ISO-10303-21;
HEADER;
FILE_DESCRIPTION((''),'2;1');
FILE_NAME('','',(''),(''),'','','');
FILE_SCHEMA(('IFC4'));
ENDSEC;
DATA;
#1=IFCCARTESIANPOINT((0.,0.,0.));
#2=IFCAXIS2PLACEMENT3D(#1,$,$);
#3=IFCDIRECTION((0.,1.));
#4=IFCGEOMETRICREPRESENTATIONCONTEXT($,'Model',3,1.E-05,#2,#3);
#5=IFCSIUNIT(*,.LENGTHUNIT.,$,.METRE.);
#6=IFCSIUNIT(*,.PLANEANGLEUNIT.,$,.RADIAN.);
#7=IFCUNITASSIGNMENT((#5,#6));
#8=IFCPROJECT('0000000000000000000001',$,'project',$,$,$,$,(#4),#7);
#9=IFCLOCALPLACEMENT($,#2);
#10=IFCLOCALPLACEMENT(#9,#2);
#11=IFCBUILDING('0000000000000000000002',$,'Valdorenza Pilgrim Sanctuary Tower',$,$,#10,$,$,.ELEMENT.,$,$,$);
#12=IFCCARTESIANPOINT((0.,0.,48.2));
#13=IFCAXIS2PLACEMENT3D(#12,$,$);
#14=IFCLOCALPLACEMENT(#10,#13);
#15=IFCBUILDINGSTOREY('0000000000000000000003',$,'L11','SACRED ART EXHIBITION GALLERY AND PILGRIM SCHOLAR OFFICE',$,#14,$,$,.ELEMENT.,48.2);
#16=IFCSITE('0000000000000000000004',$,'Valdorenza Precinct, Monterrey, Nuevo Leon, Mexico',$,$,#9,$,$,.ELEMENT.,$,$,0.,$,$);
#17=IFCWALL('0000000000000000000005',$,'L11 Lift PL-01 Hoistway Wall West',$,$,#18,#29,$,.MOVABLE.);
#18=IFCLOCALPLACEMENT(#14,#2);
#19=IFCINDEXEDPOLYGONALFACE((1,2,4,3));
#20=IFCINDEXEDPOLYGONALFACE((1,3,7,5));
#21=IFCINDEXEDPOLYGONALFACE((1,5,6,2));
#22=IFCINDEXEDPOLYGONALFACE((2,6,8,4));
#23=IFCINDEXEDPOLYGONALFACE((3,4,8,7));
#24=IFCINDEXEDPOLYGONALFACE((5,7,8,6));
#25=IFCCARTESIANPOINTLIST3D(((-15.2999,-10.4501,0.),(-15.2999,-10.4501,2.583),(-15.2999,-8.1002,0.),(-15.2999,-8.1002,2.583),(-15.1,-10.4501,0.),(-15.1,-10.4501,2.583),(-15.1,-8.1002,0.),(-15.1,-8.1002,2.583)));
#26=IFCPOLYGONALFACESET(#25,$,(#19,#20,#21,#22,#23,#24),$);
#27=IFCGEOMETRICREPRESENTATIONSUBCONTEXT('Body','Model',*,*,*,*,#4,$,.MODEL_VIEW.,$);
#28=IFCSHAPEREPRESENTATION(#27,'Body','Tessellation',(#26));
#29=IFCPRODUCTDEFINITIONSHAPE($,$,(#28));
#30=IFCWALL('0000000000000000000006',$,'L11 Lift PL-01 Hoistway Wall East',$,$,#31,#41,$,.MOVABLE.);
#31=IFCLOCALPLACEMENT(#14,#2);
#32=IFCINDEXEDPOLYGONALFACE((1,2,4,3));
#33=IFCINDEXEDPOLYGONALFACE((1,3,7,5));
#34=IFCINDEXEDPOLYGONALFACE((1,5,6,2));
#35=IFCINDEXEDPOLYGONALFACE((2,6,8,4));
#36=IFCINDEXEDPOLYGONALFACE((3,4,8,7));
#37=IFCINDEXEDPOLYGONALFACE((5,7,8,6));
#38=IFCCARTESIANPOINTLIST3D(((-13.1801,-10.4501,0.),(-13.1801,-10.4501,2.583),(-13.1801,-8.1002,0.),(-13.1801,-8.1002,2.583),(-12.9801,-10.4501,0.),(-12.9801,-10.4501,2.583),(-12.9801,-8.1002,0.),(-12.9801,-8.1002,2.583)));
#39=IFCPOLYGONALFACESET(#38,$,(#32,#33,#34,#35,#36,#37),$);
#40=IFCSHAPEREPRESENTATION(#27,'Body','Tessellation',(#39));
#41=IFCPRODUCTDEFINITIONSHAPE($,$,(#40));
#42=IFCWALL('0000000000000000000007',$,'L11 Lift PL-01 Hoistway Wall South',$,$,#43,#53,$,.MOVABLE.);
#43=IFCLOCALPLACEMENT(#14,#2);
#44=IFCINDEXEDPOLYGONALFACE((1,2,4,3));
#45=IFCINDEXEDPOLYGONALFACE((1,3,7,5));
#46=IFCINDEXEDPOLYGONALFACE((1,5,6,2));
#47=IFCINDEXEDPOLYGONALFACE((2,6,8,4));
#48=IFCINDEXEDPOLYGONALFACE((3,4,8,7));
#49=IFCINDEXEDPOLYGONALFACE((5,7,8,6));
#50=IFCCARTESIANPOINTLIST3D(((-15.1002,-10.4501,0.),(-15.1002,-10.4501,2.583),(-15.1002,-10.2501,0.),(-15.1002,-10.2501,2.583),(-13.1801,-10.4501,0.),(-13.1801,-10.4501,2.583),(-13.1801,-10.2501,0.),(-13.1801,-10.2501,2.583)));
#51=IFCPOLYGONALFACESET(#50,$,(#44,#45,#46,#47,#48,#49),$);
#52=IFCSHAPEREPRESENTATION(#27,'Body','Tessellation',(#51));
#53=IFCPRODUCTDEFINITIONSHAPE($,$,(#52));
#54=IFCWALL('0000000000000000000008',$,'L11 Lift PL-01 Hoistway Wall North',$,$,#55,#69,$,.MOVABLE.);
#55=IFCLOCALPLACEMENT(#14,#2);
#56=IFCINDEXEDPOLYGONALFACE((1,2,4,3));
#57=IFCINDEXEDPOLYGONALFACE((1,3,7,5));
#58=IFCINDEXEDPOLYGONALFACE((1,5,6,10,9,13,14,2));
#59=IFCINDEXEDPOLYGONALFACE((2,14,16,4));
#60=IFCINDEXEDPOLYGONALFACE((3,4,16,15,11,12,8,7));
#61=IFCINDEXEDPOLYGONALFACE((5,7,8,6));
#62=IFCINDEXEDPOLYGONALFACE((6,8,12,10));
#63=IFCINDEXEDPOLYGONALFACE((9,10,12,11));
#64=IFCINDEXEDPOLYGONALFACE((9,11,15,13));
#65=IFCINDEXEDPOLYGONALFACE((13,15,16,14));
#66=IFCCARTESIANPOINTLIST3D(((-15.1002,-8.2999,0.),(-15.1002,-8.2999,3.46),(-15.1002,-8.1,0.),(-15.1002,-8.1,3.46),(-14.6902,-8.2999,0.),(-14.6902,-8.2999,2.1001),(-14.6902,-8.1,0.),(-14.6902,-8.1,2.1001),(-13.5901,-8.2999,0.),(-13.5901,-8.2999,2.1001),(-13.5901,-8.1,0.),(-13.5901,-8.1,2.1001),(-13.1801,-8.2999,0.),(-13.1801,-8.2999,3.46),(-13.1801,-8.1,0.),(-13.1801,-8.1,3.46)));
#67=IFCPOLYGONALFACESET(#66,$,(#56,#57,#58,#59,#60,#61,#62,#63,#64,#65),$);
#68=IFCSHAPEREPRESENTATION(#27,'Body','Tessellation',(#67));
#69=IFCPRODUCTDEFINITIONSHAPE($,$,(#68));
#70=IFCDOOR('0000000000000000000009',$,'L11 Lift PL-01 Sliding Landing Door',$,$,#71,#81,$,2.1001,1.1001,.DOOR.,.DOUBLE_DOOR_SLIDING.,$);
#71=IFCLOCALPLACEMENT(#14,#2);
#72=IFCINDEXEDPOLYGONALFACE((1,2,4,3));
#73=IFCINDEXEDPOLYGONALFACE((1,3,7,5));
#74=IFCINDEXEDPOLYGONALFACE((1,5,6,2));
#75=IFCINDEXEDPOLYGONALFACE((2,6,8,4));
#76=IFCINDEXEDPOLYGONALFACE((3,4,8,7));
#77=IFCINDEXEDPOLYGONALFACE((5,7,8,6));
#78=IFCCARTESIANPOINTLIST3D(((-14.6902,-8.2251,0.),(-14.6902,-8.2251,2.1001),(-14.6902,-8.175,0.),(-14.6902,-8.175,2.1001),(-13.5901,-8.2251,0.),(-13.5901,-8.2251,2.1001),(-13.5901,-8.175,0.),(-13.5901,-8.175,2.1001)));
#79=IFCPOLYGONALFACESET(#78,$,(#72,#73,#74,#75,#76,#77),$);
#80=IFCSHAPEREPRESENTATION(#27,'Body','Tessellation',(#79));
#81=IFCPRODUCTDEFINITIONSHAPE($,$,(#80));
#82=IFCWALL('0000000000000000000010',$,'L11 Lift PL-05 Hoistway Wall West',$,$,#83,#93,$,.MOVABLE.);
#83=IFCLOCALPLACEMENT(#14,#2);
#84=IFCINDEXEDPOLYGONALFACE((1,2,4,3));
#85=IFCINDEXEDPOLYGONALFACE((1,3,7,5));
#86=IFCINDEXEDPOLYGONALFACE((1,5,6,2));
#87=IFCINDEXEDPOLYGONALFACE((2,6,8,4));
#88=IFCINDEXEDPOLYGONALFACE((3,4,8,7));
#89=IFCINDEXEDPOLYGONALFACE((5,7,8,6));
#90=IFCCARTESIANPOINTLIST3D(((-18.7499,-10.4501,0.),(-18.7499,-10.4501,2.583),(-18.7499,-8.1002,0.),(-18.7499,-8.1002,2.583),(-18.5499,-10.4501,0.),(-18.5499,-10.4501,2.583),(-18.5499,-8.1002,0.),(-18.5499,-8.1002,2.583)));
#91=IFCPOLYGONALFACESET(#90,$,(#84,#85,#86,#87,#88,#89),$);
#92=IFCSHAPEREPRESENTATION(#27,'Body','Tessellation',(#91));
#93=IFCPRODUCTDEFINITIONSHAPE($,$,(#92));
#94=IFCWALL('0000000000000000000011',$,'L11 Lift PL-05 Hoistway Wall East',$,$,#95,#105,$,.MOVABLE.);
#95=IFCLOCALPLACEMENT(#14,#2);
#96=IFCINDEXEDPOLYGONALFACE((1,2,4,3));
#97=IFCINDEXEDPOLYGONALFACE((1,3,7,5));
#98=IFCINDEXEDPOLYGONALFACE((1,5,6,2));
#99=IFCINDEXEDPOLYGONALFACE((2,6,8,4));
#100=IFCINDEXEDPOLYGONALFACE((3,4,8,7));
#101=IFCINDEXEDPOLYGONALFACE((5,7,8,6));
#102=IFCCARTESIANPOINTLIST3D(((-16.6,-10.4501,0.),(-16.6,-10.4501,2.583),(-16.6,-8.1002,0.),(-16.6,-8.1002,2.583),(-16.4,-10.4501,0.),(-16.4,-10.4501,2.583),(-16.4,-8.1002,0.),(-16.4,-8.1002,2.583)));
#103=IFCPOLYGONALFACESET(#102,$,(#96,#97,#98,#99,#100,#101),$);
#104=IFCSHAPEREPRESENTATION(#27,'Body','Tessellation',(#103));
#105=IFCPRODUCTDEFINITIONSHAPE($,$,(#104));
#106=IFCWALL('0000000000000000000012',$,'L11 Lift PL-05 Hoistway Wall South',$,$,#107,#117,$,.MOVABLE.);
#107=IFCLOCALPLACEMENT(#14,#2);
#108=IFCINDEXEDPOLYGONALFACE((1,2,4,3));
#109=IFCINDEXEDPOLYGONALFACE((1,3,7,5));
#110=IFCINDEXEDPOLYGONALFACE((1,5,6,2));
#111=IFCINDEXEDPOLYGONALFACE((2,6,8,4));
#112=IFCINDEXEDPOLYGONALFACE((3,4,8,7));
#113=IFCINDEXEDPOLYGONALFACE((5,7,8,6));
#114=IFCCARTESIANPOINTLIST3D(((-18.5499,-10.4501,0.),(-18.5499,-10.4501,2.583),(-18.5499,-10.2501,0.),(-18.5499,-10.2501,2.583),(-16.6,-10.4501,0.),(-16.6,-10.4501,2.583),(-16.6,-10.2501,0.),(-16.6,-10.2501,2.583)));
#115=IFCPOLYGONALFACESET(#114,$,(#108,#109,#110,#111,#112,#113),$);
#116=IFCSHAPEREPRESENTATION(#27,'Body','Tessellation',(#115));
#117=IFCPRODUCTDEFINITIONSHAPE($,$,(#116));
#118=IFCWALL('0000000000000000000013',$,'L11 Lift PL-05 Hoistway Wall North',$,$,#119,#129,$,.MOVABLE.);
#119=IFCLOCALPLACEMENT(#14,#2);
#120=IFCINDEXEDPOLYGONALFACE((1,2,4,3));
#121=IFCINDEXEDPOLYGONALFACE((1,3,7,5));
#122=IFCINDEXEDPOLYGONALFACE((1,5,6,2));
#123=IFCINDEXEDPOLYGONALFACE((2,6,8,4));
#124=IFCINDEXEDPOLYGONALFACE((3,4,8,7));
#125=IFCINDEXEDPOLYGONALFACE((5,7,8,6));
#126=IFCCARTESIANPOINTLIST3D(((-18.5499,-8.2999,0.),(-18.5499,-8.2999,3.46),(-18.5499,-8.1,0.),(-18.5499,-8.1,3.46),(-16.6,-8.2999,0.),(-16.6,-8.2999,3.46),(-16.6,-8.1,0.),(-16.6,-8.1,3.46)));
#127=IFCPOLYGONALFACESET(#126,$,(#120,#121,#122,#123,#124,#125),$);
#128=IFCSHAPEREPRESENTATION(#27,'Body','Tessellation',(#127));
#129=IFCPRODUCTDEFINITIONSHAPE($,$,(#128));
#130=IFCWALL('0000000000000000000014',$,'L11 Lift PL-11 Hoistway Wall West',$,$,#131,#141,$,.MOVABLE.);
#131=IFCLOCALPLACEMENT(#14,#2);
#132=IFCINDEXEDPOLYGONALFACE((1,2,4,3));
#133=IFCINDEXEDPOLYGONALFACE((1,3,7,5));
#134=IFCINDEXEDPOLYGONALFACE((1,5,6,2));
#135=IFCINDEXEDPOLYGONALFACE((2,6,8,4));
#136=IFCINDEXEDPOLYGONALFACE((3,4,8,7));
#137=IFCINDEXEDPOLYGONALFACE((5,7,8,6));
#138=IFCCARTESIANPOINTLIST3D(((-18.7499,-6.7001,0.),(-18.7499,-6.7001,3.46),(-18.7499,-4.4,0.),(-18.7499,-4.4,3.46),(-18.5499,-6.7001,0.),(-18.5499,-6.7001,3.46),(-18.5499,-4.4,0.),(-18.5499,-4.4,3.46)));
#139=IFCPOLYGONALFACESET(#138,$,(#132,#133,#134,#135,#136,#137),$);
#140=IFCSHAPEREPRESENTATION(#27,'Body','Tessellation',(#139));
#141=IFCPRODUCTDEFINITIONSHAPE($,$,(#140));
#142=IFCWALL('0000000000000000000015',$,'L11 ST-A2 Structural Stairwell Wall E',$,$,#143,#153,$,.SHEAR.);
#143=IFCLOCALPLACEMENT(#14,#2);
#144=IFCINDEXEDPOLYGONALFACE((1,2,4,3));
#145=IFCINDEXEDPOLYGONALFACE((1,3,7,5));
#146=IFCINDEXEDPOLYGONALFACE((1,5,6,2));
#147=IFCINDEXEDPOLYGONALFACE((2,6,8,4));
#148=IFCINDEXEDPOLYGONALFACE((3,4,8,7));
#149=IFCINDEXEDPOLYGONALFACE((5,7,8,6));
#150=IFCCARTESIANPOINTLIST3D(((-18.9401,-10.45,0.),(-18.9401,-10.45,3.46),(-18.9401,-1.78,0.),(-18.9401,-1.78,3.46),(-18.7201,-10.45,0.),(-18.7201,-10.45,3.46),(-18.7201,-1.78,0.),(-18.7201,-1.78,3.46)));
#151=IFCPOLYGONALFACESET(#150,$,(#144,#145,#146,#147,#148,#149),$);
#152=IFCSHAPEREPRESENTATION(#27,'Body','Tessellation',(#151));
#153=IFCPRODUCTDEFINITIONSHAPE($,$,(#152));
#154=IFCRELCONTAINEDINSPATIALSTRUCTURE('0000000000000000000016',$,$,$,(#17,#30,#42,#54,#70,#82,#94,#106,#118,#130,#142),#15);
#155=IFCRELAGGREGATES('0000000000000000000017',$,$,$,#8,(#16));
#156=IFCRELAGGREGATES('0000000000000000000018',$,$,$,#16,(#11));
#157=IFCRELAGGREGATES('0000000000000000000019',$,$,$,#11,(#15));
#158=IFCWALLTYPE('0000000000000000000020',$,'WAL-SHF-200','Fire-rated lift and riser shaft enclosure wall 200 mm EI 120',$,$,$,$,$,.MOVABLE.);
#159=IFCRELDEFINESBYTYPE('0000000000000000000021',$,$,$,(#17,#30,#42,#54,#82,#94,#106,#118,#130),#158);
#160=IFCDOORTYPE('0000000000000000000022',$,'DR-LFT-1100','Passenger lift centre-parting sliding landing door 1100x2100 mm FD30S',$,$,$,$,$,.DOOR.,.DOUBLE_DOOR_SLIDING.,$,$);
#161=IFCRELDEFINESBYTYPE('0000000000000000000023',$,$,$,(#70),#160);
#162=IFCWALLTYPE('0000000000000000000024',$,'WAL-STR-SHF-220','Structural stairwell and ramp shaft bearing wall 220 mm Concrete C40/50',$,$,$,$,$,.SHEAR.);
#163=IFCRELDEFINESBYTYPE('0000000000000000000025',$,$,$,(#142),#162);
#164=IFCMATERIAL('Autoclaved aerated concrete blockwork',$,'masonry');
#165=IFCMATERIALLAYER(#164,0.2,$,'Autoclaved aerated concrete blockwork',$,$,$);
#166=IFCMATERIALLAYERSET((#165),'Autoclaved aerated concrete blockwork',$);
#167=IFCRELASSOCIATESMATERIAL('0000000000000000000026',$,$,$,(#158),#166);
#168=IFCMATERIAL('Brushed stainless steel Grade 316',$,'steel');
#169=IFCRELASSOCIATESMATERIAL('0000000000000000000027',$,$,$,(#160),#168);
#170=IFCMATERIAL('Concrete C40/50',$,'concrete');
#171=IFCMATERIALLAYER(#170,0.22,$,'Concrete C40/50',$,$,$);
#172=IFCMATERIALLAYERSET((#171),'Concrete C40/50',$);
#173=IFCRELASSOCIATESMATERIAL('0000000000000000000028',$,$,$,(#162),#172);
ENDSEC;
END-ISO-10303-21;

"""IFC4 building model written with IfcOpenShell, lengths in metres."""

from ifc_helpers import new_model, si_unit, direction, frame, frame_2d, origin, place, context, subcontext, project, spatial, rectangle, extrude, material, layer, layer_set, type_object, element, fill, save


model = new_model("IFC4")

# Units and contexts
model_context = context("Model", 3, precision=1e-05, world=origin(), true_north=direction((0.0, 1.0)))
body_context = subcontext(model_context, "Body", "Model", "MODEL_VIEW")
ifc_project = project(units=[si_unit("LENGTHUNIT", "METRE"), si_unit("PLANEANGLEUNIT", "RADIAN")], contexts=[model_context])

# Site, building, storey
site_placement = place(None, origin())
site = spatial("IfcSite", under=ifc_project, at=site_placement, Name="Valdorenza Precinct, Monterrey, Nuevo Leon, Mexico", CompositionType="ELEMENT", RefElevation=0.0)
building_placement = place(site_placement, origin())
building = spatial("IfcBuilding", under=site, at=building_placement, Name="Valdorenza Pilgrim Sanctuary Tower", CompositionType="ELEMENT")
storey_placement = place(building_placement, frame((0.0, 0.0, 48.2)))
storey = spatial("IfcBuildingStorey", under=building, at=storey_placement, Name="L11", Description="SACRED ART EXHIBITION GALLERY AND PILGRIM SCHOLAR OFFICE", CompositionType="ELEMENT", Elevation=48.2)

# Walls
ifc_material_1 = material(Name="Autoclaved aerated concrete blockwork", Category="masonry")
ifc_layer_1 = layer(ifc_material_1, 0.2, Name="Autoclaved aerated concrete blockwork")
ifc_layer_set_1 = layer_set([ifc_layer_1], Name="Autoclaved aerated concrete blockwork")
wall_type_1 = type_object("IfcWallType", Name="WAL-SHF-200", Description="Fire-rated lift and riser shaft enclosure wall 200 mm EI 120", PredefinedType="MOVABLE", material=ifc_layer_set_1)
for number, where, z_axis, x_axis, name in (
    (1, (-15.2, -10.45, 0.0), (0.0, 0.0, 1.0), (0.0, 1.0, 0.0), "L11 Lift PL-01 Hoistway Wall West"),
    (2, (-13.0801, -10.45, 0.0), (0.0, 0.0, 1.0), (0.0, 1.0, 0.0), "L11 Lift PL-01 Hoistway Wall East"),
):
    element("IfcWall", number, at=place(storey_placement, frame(where, z_axis=z_axis, x_axis=x_axis)), inside=storey, type_object=wall_type_1, Name=name, PredefinedType="MOVABLE", context=body_context, shape_type="SweptSolid", body=[
        extrude(rectangle(XDim=2.3499, YDim=0.2, at=frame_2d((1.1748, 0.0))), origin(), (0.0, 0.0, 1.0), 2.583),
    ])
wall_1_placement = place(storey_placement, frame((-15.1001, -10.3501, 0.0), z_axis=(0.0, 0.0, 1.0), x_axis=(1.0, 0.0, 0.0)))
element("IfcWall", 3, at=wall_1_placement, inside=storey, type_object=wall_type_1, Name="L11 Lift PL-01 Hoistway Wall South", PredefinedType="MOVABLE", context=body_context, shape_type="SweptSolid", body=[
    extrude(rectangle(XDim=1.9202, YDim=0.2, at=frame_2d((0.96, 0.0))), origin(), (0.0, 0.0, 1.0), 2.583),
])

# Wall, opening, door
wall_2_placement = place(storey_placement, frame((-15.1001, -8.2, 0.0), z_axis=(0.0, 0.0, 1.0), x_axis=(1.0, 0.0, 0.0)))
wall_2 = element("IfcWall", 4, at=wall_2_placement, inside=storey, type_object=wall_type_1, Name="L11 Lift PL-01 Hoistway Wall North", PredefinedType="MOVABLE", context=body_context, shape_type="SweptSolid", body=[
    extrude(rectangle(XDim=1.9202, YDim=0.2, at=frame_2d((0.96, 0.0))), origin(), (0.0, 0.0, 1.0), 3.46),
])
opening_1_placement = place(wall_2_placement, frame((0.4099, 0.0, 0.0)))
opening_1 = element("IfcOpeningElement", 5, at=opening_1_placement, cuts=wall_2, PredefinedType="OPENING", context=body_context, shape_type="SweptSolid", body=[
    extrude(rectangle(XDim=1.1001, YDim=2.1001, at=frame_2d((0.55, 1.05))), frame((0.0, 0.1147, 0.0), z_axis=(0.0, -1.0, 0.0), x_axis=(1.0, 0.0, 0.0)), (0.0, 0.0, 1.0), 0.2297),
])
ifc_material_2 = material(Name="Brushed stainless steel Grade 316", Category="steel")
door_type = type_object("IfcDoorType", Name="DR-LFT-1100", Description="Passenger lift centre-parting sliding landing door 1100x2100 mm FD30S", OperationType="DOUBLE_DOOR_SLIDING", PredefinedType="DOOR", material=ifc_material_2)
door_placement = place(opening_1_placement, origin())
door = element("IfcDoor", 6, at=door_placement, inside=storey, type_object=door_type, Name="L11 Lift PL-01 Sliding Landing Door", OperationType="DOUBLE_DOOR_SLIDING", OverallHeight=2.1001, OverallWidth=1.1001, PredefinedType="DOOR", context=body_context, shape_type="SweptSolid", body=[
    extrude(rectangle(XDim=1.1001, YDim=2.1001, at=frame_2d((0.55, 1.05))), frame((0.0, 0.0249, 0.0), z_axis=(0.0, -1.0, 0.0), x_axis=(1.0, 0.0, 0.0)), (0.0, 0.0, 1.0), 0.05),
])
fill(opening_1, door)

# Walls
for number, where, z_axis, x_axis, name in (
    (7, (-18.6499, -10.45, 0.0), (0.0, 0.0, 1.0), (0.0, 1.0, 0.0), "L11 Lift PL-05 Hoistway Wall West"),
    (8, (-16.5, -10.45, 0.0), (0.0, 0.0, 1.0), (0.0, 1.0, 0.0), "L11 Lift PL-05 Hoistway Wall East"),
):
    element("IfcWall", number, at=place(storey_placement, frame(where, z_axis=z_axis, x_axis=x_axis)), inside=storey, type_object=wall_type_1, Name=name, PredefinedType="MOVABLE", context=body_context, shape_type="SweptSolid", body=[
        extrude(rectangle(XDim=2.3499, YDim=0.2, at=frame_2d((1.1748, 0.0))), origin(), (0.0, 0.0, 1.0), 2.583),
    ])
wall_3_placement = place(storey_placement, frame((-18.55, -10.3501, 0.0), z_axis=(0.0, 0.0, 1.0), x_axis=(1.0, 0.0, 0.0)))
element("IfcWall", 9, at=wall_3_placement, inside=storey, type_object=wall_type_1, Name="L11 Lift PL-05 Hoistway Wall South", PredefinedType="MOVABLE", context=body_context, shape_type="SweptSolid", body=[
    extrude(rectangle(XDim=1.95, YDim=0.2, at=frame_2d((0.9751, 0.0))), origin(), (0.0, 0.0, 1.0), 2.583),
])
wall_4_placement = place(storey_placement, frame((-18.55, -8.2, 0.0), z_axis=(0.0, 0.0, 1.0), x_axis=(1.0, 0.0, 0.0)))
element("IfcWall", 10, at=wall_4_placement, inside=storey, type_object=wall_type_1, Name="L11 Lift PL-05 Hoistway Wall North", PredefinedType="MOVABLE", context=body_context, shape_type="SweptSolid", body=[
    extrude(rectangle(XDim=1.95, YDim=0.2, at=frame_2d((0.9751, 0.0))), origin(), (0.0, 0.0, 1.0), 3.46),
])
wall_5_placement = place(storey_placement, frame((-18.6499, -6.7, 0.0), z_axis=(0.0, 0.0, 1.0), x_axis=(0.0, 1.0, 0.0)))
element("IfcWall", 11, at=wall_5_placement, inside=storey, type_object=wall_type_1, Name="L11 Lift PL-11 Hoistway Wall West", PredefinedType="MOVABLE", context=body_context, shape_type="SweptSolid", body=[
    extrude(rectangle(XDim=2.3, YDim=0.2, at=frame_2d((1.1499, 0.0))), origin(), (0.0, 0.0, 1.0), 3.46),
])
ifc_material_3 = material(Name="Concrete C40/50", Category="concrete")
ifc_layer_2 = layer(ifc_material_3, 0.22, Name="Concrete C40/50")
ifc_layer_set_2 = layer_set([ifc_layer_2], Name="Concrete C40/50")
wall_type_2 = type_object("IfcWallType", Name="WAL-STR-SHF-220", Description="Structural stairwell and ramp shaft bearing wall 220 mm Concrete C40/50", PredefinedType="SHEAR", material=ifc_layer_set_2)
wall_6_placement = place(storey_placement, frame((-18.8301, -10.45, 0.0), z_axis=(0.0, 0.0, 1.0), x_axis=(0.0, 1.0, 0.0)))
element("IfcWall", 12, at=wall_6_placement, inside=storey, type_object=wall_type_2, Name="L11 ST-A2 Structural Stairwell Wall E", PredefinedType="SHEAR", context=body_context, shape_type="SweptSolid", body=[
    extrude(rectangle(XDim=8.6699, YDim=0.22, at=frame_2d((4.335, 0.0))), origin(), (0.0, 0.0, 1.0), 3.46),
])

save(model, "model.ifc")
